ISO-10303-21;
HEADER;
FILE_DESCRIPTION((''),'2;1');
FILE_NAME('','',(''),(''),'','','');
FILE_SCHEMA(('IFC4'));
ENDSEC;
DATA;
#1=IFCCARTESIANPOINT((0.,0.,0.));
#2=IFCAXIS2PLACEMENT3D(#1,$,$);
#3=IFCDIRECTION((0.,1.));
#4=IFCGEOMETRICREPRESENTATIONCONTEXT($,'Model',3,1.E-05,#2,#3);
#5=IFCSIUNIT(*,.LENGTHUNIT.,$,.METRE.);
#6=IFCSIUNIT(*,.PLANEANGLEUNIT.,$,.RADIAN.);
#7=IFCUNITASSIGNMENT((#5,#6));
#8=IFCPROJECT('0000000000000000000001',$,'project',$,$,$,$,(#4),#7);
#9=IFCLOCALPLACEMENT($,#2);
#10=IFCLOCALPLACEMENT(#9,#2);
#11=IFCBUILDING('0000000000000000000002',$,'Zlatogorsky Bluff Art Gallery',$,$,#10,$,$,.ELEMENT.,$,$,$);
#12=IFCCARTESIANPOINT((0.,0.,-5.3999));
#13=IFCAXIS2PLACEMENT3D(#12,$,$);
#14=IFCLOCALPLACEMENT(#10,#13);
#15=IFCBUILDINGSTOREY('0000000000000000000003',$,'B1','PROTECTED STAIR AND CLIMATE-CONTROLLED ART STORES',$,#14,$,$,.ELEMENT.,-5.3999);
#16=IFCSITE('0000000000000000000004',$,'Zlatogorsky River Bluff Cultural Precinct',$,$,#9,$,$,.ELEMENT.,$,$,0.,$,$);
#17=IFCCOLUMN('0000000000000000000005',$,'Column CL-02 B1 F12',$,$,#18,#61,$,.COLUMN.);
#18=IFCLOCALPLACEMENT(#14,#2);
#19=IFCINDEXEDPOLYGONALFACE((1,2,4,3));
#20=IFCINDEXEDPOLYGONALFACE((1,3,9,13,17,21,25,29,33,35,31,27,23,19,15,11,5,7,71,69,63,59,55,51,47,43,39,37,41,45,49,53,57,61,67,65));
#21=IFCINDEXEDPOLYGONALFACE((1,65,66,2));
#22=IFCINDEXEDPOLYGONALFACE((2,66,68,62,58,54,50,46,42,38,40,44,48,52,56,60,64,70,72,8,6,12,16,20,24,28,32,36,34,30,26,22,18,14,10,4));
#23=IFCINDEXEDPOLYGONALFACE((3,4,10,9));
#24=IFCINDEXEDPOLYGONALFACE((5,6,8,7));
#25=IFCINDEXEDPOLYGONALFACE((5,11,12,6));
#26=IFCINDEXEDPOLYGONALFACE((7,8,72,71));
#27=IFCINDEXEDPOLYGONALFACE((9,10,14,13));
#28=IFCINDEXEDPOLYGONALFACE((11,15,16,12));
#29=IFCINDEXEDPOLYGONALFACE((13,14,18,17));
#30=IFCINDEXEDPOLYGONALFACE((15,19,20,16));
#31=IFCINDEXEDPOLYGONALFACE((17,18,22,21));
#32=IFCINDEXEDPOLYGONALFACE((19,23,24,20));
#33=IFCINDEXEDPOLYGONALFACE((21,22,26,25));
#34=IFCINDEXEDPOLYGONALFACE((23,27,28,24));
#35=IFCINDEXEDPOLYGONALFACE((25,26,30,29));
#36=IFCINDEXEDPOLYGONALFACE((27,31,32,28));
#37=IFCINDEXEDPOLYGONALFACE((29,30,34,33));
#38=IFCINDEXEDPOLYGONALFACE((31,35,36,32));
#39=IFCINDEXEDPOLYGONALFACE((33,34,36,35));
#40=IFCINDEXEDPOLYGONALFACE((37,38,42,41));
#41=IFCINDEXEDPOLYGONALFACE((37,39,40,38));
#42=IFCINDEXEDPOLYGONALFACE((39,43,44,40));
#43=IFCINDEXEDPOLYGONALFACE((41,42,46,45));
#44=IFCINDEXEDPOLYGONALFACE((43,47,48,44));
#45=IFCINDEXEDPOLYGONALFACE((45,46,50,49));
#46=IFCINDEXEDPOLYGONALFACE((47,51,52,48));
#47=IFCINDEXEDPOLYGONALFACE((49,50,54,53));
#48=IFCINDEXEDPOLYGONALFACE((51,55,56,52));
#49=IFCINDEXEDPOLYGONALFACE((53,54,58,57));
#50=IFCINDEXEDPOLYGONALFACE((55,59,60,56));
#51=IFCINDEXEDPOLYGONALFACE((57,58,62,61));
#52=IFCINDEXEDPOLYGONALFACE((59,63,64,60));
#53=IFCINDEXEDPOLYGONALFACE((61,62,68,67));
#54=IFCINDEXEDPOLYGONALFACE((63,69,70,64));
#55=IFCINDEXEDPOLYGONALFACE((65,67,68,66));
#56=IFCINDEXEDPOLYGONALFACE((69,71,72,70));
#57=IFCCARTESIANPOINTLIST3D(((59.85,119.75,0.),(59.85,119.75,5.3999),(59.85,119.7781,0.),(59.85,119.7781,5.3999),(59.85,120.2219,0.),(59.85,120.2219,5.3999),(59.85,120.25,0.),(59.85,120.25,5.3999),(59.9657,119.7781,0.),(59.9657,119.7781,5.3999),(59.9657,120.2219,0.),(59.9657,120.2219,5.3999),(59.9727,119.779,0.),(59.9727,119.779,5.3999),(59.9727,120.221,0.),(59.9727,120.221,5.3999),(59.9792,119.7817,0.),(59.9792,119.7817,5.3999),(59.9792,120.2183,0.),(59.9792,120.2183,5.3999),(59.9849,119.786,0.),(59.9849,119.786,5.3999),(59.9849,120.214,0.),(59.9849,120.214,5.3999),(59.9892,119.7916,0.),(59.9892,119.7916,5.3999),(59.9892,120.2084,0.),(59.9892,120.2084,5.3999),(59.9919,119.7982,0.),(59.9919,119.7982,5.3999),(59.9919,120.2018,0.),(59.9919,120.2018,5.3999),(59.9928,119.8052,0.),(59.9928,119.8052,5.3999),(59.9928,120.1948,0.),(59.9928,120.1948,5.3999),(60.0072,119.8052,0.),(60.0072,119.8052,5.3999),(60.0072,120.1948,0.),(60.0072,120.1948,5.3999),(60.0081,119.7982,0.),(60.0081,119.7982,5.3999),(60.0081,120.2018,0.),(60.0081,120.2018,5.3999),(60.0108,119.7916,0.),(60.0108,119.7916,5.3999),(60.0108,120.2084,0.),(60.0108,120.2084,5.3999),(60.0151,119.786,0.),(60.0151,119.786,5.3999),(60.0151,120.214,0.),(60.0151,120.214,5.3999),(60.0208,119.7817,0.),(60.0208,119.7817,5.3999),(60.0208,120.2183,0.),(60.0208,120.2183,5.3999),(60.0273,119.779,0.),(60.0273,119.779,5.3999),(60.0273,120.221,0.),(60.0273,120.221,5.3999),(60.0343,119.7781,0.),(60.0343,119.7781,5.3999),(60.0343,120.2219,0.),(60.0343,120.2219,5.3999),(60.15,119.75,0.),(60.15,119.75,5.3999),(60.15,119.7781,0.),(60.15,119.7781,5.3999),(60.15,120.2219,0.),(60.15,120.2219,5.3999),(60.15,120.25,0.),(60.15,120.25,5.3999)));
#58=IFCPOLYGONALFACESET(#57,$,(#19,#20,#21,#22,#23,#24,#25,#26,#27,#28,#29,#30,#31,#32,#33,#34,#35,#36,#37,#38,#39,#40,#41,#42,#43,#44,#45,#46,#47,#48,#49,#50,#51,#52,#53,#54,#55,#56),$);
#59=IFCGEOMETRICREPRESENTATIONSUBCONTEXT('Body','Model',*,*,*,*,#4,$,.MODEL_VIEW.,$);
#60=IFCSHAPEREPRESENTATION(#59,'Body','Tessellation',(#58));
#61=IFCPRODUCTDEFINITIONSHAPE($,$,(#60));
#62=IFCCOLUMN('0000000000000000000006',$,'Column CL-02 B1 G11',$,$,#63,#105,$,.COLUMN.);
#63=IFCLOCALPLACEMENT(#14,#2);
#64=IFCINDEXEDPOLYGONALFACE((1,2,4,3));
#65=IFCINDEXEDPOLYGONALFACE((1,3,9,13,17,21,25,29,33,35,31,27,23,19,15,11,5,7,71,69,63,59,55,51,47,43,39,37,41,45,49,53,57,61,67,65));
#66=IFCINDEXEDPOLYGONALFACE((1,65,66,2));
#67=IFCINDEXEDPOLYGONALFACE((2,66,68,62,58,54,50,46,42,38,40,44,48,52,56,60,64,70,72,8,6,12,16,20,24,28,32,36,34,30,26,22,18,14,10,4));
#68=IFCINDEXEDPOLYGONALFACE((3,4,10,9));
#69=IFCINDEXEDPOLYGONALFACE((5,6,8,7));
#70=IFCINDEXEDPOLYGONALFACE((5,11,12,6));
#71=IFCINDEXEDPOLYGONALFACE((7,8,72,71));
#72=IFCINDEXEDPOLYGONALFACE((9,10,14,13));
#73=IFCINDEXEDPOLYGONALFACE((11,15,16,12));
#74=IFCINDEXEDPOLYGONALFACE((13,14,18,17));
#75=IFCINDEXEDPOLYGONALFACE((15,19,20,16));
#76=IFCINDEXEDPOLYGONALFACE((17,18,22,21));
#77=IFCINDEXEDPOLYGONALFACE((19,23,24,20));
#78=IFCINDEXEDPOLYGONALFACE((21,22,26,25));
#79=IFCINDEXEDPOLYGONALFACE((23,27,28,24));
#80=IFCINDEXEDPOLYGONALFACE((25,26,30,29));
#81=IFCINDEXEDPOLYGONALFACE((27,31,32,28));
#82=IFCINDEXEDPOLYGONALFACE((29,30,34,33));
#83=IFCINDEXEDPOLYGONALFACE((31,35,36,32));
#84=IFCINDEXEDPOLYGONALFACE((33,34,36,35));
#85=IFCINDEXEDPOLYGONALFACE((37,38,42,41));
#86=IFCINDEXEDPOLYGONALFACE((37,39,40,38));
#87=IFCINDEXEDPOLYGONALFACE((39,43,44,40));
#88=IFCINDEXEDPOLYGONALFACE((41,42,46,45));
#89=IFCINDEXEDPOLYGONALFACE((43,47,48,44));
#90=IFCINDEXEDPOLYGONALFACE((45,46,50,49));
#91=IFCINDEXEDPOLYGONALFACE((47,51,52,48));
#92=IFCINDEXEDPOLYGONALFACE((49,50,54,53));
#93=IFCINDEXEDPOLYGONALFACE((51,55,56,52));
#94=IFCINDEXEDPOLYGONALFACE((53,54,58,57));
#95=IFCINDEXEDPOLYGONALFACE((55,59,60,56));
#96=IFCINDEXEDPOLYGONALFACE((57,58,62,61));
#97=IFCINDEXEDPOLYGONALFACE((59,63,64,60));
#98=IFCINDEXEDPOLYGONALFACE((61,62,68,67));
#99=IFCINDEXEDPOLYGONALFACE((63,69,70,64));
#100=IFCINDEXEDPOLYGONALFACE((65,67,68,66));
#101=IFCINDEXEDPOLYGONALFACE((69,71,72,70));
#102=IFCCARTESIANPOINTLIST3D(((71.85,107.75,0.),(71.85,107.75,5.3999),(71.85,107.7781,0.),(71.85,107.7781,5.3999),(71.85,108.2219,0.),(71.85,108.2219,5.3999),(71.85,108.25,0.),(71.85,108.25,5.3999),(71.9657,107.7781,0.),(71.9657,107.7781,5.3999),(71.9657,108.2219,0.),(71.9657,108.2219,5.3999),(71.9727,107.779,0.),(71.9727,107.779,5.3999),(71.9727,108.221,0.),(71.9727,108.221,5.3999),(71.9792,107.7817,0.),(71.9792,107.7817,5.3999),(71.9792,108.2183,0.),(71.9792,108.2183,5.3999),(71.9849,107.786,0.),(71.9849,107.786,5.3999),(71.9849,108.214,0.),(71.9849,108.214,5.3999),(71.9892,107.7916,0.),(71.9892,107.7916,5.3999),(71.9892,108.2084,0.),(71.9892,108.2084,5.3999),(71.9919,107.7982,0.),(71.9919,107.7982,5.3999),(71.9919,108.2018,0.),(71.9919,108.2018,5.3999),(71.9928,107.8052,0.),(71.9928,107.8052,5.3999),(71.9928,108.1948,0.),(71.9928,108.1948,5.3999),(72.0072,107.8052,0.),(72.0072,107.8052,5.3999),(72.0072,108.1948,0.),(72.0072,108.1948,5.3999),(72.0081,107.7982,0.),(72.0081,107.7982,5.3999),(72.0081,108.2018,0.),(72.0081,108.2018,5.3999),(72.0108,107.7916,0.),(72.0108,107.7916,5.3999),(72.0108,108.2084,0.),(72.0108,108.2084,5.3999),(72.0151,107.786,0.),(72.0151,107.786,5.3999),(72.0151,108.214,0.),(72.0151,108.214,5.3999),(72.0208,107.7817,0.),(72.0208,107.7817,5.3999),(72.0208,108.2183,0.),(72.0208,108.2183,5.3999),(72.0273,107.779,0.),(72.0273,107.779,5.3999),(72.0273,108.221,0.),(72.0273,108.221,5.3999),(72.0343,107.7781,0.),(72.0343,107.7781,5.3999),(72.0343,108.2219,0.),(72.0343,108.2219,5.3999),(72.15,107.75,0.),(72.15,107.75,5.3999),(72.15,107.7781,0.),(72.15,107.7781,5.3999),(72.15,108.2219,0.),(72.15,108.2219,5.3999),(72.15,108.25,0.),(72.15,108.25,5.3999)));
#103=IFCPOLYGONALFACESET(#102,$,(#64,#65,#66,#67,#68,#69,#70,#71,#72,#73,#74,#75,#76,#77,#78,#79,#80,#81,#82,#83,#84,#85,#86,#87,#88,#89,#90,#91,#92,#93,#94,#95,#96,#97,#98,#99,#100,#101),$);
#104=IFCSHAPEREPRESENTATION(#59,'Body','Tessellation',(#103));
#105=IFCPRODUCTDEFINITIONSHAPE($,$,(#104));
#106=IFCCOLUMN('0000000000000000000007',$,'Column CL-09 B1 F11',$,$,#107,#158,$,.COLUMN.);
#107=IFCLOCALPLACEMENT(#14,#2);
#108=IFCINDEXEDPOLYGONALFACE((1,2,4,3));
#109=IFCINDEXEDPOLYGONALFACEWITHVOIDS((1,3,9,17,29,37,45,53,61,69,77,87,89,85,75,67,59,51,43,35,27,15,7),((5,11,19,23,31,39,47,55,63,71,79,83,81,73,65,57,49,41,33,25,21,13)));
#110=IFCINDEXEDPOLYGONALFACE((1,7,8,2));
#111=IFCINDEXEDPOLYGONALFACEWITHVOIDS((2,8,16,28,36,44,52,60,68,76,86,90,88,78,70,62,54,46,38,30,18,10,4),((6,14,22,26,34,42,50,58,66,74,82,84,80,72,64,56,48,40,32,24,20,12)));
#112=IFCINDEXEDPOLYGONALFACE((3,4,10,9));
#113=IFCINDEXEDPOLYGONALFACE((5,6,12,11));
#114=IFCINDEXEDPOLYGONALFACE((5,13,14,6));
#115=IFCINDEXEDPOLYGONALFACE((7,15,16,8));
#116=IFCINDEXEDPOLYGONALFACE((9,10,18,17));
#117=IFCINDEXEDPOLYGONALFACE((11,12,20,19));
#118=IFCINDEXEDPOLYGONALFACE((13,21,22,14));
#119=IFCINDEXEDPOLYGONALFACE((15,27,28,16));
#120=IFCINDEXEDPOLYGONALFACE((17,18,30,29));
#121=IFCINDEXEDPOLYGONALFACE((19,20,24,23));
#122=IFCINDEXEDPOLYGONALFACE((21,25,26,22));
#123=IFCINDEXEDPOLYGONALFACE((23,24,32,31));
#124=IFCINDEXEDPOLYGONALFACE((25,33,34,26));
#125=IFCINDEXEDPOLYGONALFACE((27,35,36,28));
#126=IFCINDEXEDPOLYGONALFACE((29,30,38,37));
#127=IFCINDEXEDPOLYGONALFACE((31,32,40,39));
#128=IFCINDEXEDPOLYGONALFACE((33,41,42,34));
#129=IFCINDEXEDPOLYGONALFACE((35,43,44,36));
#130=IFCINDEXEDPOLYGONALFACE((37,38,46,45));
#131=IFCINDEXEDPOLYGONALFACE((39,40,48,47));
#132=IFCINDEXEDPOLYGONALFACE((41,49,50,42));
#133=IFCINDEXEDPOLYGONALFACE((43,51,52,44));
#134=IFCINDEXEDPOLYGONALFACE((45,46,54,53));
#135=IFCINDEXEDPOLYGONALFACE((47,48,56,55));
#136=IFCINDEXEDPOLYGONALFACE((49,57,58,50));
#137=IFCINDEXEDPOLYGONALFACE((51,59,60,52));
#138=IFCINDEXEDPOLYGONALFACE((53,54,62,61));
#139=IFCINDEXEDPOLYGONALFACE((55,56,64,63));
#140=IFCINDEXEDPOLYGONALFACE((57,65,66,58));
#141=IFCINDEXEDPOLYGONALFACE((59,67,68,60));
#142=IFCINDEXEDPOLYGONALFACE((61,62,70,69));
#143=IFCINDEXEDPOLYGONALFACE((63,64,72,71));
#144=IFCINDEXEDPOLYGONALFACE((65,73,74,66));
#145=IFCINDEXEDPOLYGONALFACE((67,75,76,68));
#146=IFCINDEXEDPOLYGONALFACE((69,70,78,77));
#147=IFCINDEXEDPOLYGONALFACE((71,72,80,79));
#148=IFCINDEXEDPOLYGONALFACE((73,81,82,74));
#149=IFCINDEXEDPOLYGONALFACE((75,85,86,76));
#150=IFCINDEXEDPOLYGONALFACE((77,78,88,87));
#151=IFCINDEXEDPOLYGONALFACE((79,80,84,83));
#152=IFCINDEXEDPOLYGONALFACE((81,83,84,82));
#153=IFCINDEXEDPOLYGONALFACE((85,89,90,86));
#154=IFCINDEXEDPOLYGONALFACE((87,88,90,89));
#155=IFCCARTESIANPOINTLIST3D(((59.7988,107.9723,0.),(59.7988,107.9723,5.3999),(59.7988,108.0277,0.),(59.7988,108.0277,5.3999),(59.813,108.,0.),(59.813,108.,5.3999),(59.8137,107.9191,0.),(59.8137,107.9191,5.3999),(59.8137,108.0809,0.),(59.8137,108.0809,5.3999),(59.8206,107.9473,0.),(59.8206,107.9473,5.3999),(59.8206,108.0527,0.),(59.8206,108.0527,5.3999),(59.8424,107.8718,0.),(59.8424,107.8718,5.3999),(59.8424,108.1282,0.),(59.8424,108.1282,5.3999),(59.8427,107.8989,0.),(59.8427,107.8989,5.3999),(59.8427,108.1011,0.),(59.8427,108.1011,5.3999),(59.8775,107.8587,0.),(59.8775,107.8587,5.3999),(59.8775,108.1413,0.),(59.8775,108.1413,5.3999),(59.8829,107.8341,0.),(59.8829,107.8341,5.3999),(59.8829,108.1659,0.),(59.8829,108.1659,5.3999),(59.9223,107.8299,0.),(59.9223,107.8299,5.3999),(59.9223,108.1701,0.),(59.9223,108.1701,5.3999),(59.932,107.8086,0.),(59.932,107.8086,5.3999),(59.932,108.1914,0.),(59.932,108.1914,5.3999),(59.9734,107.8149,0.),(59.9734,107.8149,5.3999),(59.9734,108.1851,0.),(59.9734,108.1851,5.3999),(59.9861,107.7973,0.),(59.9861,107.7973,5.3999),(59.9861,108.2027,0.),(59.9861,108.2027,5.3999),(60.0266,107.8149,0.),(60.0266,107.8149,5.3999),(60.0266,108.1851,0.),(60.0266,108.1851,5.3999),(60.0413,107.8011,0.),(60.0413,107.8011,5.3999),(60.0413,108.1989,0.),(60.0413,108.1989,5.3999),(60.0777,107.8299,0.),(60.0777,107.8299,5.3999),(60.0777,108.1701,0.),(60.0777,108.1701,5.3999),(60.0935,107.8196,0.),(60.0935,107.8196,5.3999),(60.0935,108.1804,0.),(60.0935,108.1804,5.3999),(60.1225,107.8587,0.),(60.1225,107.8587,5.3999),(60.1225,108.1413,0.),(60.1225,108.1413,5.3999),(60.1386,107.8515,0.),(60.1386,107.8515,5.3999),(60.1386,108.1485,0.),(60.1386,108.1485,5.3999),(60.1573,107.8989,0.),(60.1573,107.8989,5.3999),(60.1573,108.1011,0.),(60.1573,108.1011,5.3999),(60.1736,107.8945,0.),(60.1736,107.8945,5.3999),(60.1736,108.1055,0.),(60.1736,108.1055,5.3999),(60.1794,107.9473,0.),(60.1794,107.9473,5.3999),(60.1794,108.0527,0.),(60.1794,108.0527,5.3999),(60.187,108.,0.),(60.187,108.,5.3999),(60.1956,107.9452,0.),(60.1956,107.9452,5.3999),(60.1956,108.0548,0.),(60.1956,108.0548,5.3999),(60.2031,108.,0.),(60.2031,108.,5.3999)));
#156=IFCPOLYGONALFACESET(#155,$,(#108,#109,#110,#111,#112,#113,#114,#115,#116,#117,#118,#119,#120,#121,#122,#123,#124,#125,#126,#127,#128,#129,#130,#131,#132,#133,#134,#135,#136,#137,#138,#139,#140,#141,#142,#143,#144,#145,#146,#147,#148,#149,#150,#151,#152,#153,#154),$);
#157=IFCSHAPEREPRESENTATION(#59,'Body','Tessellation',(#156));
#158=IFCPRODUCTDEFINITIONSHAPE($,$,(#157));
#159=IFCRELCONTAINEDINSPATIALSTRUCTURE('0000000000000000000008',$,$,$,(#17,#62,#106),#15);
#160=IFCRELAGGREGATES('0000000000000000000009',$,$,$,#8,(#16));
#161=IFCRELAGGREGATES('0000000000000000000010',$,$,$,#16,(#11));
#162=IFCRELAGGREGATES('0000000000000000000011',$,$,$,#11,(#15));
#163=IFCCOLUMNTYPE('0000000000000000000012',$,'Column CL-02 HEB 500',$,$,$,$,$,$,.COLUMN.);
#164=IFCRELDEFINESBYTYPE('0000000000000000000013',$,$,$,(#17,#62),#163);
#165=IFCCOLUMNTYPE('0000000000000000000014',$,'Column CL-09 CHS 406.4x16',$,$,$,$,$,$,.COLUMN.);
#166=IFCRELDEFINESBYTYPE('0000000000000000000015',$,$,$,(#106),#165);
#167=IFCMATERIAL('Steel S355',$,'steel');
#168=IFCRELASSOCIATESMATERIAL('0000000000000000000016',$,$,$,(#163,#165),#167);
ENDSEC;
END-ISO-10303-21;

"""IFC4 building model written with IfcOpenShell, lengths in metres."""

from ifc_helpers import new_model, si_unit, direction, frame, origin, origin_2d, place, context, subcontext, project, spatial, hollow_circle, i_section, extrude, material, material_profile, profile_set, type_object, element, save


model = new_model("IFC4")

# Units and contexts
model_context = context("Model", 3, precision=1e-05, world=origin(), true_north=direction((0.0, 1.0)))
body_context = subcontext(model_context, "Body", "Model", "MODEL_VIEW")
ifc_project = project(units=[si_unit("LENGTHUNIT", "METRE"), si_unit("PLANEANGLEUNIT", "RADIAN")], contexts=[model_context])

# Site, building, storey
site_placement = place(None, origin())
site = spatial("IfcSite", under=ifc_project, at=site_placement, Name="Zlatogorsky River Bluff Cultural Precinct", CompositionType="ELEMENT", RefElevation=0.0)
building_placement = place(site_placement, origin())
building = spatial("IfcBuilding", under=site, at=building_placement, Name="Zlatogorsky Bluff Art Gallery", CompositionType="ELEMENT")
storey_placement = place(building_placement, frame((0.0, 0.0, -5.3999)))
storey = spatial("IfcBuildingStorey", under=building, at=storey_placement, Name="B1", Description="PROTECTED STAIR AND CLIMATE-CONTROLLED ART STORES", CompositionType="ELEMENT", Elevation=-5.3999)

# Columns
ifc_material_1 = material(Name="Steel S355", Category="steel")
ifc_material_profile_1 = material_profile(ifc_material_1, i_section(OverallWidth=0.3, OverallDepth=0.5, WebThickness=0.0144, FlangeThickness=0.0281, FilletRadius=0.0271, at=origin_2d()), Name="HEB 500")
ifc_profile_set_1 = profile_set([ifc_material_profile_1], Name="Steel S355")
column_type_1 = type_object("IfcColumnType", Name="Column CL-02 HEB 500", PredefinedType="COLUMN", material=ifc_profile_set_1)
for number, where, z_axis, x_axis, name in (
    (1, (60.0, 120.0, 0.0), (0.0, 0.0, 1.0), (1.0, 0.0, 0.0), "Column CL-02 B1 F12"),
    (2, (72.0, 108.0, 0.0), (0.0, 0.0, 1.0), (1.0, 0.0, 0.0), "Column CL-02 B1 G11"),
):
    element("IfcColumn", number, at=place(storey_placement, frame(where, z_axis=z_axis, x_axis=x_axis)), inside=storey, type_object=column_type_1, Name=name, PredefinedType="COLUMN", context=body_context, shape_type="SweptSolid", body=[
        extrude(i_section(OverallWidth=0.3, OverallDepth=0.5, WebThickness=0.0144, FlangeThickness=0.0281, FilletRadius=0.0271, at=origin_2d()), origin(), (0.0, 0.0, 1.0), 5.3999),
    ])
ifc_material_profile_2 = material_profile(ifc_material_1, hollow_circle(Radius=0.2031, WallThickness=0.0161, at=origin_2d()), Name="CHS 406.4x16")
ifc_profile_set_2 = profile_set([ifc_material_profile_2], Name="Steel S355")
column_type_2 = type_object("IfcColumnType", Name="Column CL-09 CHS 406.4x16", PredefinedType="COLUMN", material=ifc_profile_set_2)
for number, where, z_axis, x_axis, name in (
    (3, (60.0, 108.0, 0.0), (0.0, 0.0, 1.0), (1.0, 0.0, 0.0), "Column CL-09 B1 F11"),
):
    element("IfcColumn", number, at=place(storey_placement, frame(where, z_axis=z_axis, x_axis=x_axis)), inside=storey, type_object=column_type_2, Name=name, PredefinedType="COLUMN", context=body_context, shape_type="SweptSolid", body=[
        extrude(hollow_circle(Radius=0.2031, WallThickness=0.0161, at=origin_2d()), origin(), (0.0, 0.0, 1.0), 5.3999),
    ])

save(model, "model.ifc")
